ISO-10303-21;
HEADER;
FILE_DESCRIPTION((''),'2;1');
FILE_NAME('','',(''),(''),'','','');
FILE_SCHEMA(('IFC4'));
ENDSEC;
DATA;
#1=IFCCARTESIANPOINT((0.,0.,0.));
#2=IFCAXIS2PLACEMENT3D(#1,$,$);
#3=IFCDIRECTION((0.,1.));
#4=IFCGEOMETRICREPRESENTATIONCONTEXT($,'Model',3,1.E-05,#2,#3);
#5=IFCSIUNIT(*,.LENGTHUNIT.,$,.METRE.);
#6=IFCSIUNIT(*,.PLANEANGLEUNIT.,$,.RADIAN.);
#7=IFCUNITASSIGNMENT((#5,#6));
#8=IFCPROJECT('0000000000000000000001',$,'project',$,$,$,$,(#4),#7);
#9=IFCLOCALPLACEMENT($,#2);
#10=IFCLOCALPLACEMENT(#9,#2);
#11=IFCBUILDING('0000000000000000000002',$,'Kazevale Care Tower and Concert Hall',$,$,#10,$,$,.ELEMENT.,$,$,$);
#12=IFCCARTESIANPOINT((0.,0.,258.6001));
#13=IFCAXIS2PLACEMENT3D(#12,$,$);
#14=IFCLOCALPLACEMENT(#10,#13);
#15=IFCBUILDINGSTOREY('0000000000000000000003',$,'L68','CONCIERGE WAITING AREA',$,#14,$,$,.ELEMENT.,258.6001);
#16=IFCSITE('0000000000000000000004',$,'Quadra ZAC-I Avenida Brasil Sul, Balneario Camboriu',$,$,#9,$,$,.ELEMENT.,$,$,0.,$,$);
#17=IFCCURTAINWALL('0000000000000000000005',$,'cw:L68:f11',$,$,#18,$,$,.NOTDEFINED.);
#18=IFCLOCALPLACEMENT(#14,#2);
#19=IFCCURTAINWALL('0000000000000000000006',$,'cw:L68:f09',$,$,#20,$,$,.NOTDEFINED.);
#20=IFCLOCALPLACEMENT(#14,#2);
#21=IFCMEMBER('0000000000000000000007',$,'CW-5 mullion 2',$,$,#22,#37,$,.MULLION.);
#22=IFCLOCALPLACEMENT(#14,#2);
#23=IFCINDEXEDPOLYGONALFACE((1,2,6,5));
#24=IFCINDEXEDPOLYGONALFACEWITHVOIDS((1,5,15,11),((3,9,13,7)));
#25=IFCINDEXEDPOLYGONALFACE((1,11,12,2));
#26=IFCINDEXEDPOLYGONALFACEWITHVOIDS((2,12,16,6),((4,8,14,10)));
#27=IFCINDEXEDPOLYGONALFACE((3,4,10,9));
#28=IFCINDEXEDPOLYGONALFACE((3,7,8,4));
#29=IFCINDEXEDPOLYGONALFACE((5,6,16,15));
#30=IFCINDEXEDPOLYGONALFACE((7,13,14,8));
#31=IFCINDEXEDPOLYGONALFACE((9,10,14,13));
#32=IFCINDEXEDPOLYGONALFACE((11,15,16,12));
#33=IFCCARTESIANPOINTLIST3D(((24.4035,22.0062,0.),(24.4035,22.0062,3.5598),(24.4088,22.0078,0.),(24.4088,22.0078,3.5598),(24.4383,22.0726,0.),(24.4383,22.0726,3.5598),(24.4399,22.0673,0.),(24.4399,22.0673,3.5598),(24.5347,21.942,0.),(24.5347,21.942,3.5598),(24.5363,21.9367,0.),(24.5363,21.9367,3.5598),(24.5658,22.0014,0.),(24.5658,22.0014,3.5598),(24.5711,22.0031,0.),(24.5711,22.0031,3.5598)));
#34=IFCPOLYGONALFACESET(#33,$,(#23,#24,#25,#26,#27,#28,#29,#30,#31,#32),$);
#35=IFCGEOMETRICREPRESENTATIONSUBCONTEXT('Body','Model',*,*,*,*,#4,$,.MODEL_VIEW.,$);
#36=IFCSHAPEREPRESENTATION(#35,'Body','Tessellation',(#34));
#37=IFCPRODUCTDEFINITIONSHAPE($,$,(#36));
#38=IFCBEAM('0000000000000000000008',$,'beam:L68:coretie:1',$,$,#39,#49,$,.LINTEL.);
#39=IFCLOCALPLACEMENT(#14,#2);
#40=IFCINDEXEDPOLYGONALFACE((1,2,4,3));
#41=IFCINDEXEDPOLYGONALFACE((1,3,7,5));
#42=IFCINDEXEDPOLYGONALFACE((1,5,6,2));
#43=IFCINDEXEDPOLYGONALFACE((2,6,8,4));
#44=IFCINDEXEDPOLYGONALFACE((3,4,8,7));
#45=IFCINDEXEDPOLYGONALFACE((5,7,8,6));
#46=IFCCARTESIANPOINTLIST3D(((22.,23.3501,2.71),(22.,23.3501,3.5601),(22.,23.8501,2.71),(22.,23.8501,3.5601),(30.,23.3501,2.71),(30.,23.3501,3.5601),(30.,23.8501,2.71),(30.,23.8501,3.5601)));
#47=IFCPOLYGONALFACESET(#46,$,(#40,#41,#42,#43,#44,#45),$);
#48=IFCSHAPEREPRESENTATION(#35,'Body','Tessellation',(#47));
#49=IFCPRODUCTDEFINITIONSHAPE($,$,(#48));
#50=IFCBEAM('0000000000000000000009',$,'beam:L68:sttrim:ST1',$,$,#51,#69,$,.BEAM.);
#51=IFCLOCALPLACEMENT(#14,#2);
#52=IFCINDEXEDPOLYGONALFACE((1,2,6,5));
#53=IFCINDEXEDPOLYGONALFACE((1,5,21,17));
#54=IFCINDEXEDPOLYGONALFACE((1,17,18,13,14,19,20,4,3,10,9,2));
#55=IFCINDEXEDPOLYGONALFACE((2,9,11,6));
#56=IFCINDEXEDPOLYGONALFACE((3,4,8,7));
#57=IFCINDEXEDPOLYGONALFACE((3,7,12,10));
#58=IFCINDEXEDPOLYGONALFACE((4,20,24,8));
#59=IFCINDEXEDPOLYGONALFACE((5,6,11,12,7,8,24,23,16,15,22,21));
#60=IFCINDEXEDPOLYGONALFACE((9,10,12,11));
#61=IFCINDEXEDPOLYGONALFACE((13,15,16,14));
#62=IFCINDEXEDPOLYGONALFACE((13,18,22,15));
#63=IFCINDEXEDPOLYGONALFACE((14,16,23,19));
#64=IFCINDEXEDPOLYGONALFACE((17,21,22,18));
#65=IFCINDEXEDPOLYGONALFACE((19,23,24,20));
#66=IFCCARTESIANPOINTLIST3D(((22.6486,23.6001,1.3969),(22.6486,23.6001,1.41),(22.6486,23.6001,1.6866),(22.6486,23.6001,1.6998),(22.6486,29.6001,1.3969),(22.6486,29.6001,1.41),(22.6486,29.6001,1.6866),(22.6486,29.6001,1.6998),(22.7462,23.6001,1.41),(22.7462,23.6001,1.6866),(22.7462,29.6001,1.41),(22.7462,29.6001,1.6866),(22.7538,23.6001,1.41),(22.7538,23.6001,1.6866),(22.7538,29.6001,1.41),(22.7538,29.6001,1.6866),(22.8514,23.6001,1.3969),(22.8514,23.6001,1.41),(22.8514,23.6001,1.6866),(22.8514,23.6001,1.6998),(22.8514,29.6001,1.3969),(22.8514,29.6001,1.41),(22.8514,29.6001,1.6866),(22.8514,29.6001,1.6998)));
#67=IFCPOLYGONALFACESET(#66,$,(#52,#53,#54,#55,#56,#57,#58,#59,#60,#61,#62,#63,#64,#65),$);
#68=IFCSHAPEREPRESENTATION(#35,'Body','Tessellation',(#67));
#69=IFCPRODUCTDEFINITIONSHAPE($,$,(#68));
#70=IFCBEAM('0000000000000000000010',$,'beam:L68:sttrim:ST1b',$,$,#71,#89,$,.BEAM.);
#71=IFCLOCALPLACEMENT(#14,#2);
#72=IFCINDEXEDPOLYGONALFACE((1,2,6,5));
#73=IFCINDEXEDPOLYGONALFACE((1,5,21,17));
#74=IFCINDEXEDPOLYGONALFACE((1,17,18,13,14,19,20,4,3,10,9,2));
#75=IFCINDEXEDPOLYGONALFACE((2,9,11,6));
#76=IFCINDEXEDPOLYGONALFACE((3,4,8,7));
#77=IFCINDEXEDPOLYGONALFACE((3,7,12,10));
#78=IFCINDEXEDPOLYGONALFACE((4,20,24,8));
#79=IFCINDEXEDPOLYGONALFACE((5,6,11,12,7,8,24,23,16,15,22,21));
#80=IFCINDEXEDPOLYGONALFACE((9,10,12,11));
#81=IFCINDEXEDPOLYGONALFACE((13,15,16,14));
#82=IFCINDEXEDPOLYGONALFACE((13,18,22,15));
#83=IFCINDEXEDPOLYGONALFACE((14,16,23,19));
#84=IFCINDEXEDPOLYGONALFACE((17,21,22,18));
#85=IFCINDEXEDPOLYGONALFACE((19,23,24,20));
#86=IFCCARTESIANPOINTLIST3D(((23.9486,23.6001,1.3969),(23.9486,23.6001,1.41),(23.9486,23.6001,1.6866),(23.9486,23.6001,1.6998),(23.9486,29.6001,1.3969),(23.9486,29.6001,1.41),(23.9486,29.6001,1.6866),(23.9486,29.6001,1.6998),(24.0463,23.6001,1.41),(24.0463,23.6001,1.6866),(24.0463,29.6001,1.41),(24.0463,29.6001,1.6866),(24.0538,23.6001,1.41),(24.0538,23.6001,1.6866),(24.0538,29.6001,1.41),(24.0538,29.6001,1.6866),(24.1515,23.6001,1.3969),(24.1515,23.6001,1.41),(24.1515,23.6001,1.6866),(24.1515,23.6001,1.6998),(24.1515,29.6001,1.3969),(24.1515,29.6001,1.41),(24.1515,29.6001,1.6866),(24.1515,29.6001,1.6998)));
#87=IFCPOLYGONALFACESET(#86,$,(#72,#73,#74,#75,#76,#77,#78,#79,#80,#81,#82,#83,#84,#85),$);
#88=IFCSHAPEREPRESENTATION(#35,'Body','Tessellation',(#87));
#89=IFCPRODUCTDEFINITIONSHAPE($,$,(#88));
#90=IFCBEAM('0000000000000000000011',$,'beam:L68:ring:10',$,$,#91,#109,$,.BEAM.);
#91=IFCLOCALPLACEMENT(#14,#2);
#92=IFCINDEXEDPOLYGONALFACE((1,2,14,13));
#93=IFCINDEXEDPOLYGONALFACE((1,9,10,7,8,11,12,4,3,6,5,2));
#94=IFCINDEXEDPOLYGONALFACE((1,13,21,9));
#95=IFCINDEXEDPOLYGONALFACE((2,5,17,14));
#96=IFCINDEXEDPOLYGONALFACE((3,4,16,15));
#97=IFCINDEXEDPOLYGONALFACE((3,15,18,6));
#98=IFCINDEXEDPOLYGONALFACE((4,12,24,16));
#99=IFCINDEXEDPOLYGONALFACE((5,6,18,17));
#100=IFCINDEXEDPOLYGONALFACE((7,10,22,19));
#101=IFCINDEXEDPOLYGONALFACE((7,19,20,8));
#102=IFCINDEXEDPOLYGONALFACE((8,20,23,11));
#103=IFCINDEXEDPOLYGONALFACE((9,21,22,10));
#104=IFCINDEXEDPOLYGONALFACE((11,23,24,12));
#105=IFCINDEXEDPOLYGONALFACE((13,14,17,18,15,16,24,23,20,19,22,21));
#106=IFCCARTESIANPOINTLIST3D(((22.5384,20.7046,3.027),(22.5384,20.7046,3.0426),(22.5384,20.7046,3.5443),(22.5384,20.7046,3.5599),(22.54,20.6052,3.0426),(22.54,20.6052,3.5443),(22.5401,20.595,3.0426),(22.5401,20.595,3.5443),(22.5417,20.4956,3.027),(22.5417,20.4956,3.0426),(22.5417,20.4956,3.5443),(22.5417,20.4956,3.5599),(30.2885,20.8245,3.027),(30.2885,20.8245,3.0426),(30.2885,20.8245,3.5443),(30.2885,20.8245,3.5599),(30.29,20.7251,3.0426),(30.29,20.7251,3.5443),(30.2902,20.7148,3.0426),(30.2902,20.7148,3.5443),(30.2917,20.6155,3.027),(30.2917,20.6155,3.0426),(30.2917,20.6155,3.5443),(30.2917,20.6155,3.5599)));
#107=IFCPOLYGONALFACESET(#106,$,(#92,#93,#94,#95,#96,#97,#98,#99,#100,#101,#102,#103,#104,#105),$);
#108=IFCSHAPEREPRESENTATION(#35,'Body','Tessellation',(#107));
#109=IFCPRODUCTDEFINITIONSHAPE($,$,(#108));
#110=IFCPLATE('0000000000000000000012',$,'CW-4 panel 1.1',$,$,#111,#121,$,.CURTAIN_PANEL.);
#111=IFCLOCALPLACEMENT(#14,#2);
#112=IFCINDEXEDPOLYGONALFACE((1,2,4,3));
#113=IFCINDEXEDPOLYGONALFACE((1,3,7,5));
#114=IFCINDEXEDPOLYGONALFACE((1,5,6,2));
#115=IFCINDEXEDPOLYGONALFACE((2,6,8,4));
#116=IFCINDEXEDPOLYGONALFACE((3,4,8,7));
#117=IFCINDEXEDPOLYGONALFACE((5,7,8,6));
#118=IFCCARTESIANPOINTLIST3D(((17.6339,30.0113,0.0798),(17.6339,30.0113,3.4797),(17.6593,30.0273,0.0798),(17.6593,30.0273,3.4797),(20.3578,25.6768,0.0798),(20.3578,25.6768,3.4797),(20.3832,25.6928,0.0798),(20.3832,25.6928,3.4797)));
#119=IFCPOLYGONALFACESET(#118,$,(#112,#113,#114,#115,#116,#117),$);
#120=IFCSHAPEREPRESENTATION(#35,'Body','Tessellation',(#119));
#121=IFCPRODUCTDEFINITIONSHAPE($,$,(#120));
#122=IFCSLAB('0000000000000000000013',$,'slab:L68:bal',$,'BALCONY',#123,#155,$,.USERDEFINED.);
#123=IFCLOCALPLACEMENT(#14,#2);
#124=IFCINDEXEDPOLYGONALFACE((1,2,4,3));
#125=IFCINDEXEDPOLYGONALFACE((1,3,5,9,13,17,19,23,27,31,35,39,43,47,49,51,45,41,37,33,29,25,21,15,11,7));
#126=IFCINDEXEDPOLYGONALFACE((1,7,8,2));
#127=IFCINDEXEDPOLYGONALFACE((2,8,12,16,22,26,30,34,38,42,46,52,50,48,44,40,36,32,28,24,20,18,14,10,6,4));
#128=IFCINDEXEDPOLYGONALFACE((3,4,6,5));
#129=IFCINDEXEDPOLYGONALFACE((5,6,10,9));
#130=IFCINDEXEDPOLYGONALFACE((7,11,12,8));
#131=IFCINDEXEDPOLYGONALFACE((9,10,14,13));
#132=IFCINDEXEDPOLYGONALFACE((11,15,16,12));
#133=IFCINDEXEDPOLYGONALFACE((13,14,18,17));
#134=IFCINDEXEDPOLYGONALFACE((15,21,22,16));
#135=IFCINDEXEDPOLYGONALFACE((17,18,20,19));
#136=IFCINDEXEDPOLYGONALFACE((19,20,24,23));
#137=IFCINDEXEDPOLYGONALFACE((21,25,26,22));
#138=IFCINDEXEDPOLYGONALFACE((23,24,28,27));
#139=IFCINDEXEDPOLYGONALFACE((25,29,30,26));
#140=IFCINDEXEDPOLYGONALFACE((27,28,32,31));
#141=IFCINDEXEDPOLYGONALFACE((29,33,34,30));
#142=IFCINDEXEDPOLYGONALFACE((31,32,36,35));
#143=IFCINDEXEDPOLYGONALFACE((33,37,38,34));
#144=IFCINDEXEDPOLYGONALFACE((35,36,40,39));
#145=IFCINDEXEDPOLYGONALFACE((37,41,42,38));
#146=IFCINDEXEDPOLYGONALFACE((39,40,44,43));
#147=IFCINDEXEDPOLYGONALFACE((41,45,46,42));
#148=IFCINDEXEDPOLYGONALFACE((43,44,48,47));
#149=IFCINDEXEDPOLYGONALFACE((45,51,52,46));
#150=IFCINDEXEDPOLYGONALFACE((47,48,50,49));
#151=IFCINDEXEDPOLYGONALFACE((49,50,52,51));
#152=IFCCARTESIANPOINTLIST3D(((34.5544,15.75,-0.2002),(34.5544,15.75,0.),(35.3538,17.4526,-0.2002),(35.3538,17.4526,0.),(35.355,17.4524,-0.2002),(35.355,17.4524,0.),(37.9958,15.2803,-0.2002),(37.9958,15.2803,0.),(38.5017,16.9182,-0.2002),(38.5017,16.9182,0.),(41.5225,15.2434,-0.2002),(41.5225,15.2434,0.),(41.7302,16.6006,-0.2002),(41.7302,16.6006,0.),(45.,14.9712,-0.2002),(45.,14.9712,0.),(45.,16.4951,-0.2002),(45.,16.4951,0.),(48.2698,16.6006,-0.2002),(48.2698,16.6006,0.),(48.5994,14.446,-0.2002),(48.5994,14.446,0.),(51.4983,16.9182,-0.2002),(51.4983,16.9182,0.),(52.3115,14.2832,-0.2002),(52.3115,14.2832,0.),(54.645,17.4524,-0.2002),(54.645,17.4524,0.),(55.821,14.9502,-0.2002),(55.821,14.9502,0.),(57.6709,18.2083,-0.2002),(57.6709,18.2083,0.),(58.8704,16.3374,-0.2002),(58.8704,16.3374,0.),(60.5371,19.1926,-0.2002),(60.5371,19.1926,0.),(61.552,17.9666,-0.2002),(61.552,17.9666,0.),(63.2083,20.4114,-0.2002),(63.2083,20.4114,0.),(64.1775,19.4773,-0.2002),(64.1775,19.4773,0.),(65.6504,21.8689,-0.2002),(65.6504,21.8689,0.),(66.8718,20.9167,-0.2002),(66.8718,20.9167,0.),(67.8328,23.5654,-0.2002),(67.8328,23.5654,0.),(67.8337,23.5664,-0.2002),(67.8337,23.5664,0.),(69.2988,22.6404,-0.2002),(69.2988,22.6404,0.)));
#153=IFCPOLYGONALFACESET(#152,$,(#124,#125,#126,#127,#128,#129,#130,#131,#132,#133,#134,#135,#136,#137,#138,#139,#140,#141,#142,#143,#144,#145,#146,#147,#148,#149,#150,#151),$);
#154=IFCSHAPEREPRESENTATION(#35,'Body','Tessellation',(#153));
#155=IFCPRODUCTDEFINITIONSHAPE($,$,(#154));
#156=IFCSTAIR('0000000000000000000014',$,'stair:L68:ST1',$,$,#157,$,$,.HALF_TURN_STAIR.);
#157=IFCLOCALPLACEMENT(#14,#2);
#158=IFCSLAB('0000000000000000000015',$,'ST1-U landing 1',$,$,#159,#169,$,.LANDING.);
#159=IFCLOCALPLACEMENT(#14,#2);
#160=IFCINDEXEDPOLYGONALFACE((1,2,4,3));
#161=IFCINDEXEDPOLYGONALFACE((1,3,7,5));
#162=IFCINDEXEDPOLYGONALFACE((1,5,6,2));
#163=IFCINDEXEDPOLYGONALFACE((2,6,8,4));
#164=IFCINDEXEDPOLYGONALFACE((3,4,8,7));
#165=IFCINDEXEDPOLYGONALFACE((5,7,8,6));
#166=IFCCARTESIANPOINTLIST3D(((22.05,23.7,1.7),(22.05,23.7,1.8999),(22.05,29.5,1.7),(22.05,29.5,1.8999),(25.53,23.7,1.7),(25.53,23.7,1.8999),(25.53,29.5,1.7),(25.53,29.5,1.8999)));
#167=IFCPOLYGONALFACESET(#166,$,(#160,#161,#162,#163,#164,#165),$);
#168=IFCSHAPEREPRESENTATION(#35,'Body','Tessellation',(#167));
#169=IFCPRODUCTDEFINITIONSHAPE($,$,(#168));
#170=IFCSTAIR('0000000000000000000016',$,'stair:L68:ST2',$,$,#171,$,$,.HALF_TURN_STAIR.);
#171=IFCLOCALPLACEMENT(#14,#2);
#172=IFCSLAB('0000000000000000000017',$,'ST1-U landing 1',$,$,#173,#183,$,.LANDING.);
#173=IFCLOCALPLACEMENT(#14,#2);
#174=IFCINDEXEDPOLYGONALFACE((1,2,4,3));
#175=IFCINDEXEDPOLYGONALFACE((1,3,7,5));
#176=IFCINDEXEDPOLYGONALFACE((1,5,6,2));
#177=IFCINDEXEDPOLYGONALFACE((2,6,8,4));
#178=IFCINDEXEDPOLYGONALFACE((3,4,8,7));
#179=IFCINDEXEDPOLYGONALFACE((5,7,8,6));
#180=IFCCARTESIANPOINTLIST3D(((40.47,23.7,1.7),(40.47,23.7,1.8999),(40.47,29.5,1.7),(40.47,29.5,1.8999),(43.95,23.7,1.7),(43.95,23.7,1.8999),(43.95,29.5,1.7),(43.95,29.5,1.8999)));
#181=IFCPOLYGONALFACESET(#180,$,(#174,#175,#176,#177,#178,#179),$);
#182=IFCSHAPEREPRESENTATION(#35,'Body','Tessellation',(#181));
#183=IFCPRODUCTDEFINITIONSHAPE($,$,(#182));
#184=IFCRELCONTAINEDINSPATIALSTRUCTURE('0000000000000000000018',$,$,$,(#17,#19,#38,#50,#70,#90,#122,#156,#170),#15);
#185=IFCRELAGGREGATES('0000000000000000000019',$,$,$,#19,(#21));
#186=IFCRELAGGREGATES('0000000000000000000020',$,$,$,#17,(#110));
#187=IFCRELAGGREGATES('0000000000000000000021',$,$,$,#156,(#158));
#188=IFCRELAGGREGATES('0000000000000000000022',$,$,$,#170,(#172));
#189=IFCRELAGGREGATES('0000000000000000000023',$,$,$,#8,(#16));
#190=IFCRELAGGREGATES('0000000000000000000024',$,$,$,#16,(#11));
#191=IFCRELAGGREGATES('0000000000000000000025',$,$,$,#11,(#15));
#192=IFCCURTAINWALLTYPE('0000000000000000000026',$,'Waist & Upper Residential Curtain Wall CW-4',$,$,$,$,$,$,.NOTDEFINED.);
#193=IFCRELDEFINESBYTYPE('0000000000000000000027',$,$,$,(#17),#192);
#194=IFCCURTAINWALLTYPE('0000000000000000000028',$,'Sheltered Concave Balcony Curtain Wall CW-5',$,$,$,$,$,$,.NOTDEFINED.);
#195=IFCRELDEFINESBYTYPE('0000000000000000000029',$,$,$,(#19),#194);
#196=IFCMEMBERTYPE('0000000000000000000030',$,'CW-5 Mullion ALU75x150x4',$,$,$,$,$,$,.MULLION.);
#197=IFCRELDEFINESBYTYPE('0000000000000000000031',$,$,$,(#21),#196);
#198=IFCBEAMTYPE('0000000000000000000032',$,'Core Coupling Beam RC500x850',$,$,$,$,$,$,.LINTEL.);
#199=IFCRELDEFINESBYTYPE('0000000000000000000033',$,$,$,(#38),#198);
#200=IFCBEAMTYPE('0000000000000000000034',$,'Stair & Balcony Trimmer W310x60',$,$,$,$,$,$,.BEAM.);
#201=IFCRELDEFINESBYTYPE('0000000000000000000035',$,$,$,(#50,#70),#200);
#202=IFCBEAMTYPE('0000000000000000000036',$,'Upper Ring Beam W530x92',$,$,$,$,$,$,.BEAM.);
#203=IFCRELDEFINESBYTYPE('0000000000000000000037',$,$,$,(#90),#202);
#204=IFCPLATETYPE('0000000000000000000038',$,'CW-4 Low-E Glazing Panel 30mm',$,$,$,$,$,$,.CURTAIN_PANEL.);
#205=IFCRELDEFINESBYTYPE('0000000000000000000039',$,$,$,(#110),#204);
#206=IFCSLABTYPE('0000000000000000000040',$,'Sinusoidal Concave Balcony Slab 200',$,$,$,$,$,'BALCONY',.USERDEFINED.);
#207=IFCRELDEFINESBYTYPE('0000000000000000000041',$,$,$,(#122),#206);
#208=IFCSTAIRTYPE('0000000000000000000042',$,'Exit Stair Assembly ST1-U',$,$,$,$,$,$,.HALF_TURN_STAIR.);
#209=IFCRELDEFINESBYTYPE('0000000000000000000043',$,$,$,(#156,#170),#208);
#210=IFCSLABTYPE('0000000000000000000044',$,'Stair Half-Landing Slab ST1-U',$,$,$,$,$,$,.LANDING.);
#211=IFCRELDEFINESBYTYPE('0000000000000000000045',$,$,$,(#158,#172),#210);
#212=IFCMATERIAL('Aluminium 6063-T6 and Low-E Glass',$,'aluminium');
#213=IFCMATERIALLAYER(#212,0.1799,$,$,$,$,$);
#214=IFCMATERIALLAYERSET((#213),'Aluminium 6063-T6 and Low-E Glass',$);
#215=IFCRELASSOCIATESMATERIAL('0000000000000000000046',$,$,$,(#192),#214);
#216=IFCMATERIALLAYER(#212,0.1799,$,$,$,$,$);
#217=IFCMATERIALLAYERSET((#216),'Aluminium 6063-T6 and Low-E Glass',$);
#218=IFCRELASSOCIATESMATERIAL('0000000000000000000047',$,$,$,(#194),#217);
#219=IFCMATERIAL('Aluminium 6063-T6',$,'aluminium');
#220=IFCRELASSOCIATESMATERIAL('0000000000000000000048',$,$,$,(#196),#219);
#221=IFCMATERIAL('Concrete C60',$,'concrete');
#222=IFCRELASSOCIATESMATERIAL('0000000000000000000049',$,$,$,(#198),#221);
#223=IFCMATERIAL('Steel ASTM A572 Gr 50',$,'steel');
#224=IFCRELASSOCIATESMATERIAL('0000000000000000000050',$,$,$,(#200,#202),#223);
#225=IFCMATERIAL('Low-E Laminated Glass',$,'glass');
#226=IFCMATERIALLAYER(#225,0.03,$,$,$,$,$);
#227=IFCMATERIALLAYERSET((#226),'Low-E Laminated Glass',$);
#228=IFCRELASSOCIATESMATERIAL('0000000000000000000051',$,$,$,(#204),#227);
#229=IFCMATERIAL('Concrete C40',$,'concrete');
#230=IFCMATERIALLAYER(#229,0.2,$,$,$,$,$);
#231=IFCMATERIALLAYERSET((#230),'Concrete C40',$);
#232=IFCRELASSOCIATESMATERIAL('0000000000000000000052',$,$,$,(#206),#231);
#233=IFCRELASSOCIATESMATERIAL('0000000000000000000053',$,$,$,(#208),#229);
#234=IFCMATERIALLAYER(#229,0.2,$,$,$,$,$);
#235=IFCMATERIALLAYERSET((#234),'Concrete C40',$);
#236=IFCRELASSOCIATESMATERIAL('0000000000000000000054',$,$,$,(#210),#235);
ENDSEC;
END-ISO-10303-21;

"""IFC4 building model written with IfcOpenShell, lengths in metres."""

from ifc_helpers import new_model, si_unit, direction, frame, origin, origin_2d, place, context, subcontext, project, spatial, polyline, rectangle, hollow_rectangle, i_section, outline, extrude, material, layer, layer_set, material_profile, profile_set, type_object, element, aggregate, save


model = new_model("IFC4")

# Units and contexts
model_context = context("Model", 3, precision=1e-05, world=origin(), true_north=direction((0.0, 1.0)))
body_context = subcontext(model_context, "Body", "Model", "MODEL_VIEW")
ifc_project = project(units=[si_unit("LENGTHUNIT", "METRE"), si_unit("PLANEANGLEUNIT", "RADIAN")], contexts=[model_context])

# Site, building, storey
site_placement = place(None, origin())
site = spatial("IfcSite", under=ifc_project, at=site_placement, Name="Quadra ZAC-I Avenida Brasil Sul, Balneario Camboriu", CompositionType="ELEMENT", RefElevation=0.0)
building_placement = place(site_placement, origin())
building = spatial("IfcBuilding", under=site, at=building_placement, Name="Kazevale Care Tower and Concert Hall", CompositionType="ELEMENT")
storey_placement = place(building_placement, frame((0.0, 0.0, 258.6001)))
storey = spatial("IfcBuildingStorey", under=building, at=storey_placement, Name="L68", Description="CONCIERGE WAITING AREA", CompositionType="ELEMENT", Elevation=258.6001)

# Curtain wall
ifc_material_1 = material(Name="Aluminium 6063-T6 and Low-E Glass", Category="aluminium")
ifc_layer_1 = layer(ifc_material_1, 0.1799)
ifc_layer_set_1 = layer_set([ifc_layer_1], Name="Aluminium 6063-T6 and Low-E Glass")
curtain_wall_type_1 = type_object("IfcCurtainWallType", Name="Waist & Upper Residential Curtain Wall CW-4", PredefinedType="NOTDEFINED", material=ifc_layer_set_1)
curtain_wall_1_placement = place(storey_placement, origin())
curtain_wall_1 = element("IfcCurtainWall", 1, at=curtain_wall_1_placement, inside=storey, type_object=curtain_wall_type_1, Name="cw:L68:f11", PredefinedType="NOTDEFINED")
ifc_material_2 = material(Name="Aluminium 6063-T6", Category="aluminium")

# Curtain wall, member
ifc_layer_2 = layer(ifc_material_1, 0.1799)
ifc_layer_set_2 = layer_set([ifc_layer_2], Name="Aluminium 6063-T6 and Low-E Glass")
curtain_wall_type_2 = type_object("IfcCurtainWallType", Name="Sheltered Concave Balcony Curtain Wall CW-5", PredefinedType="NOTDEFINED", material=ifc_layer_set_2)
curtain_wall_2_placement = place(storey_placement, origin())
curtain_wall_2 = element("IfcCurtainWall", 2, at=curtain_wall_2_placement, inside=storey, type_object=curtain_wall_type_2, Name="cw:L68:f09", PredefinedType="NOTDEFINED")
ifc_material_profile_1 = material_profile(ifc_material_2, hollow_rectangle(XDim=0.075, YDim=0.1499, WallThickness=0.0039, at=origin_2d()), Name="ALU75x150x4")
ifc_profile_set_1 = profile_set([ifc_material_profile_1], Name="Aluminium 6063-T6")
member_type_1 = type_object("IfcMemberType", Name="CW-5 Mullion ALU75x150x4", PredefinedType="MULLION", material=ifc_profile_set_1)
member_1_placement = place(storey_placement, frame((24.4873, 22.0046, 0.0), z_axis=(0.0, 0.0, 1.0), x_axis=(-0.463681, -0.886002, 0.0)))
member_1 = element("IfcMember", 3, at=member_1_placement, type_object=member_type_1, Name="CW-5 mullion 2", PredefinedType="MULLION", context=body_context, shape_type="SweptSolid", body=[
    extrude(hollow_rectangle(XDim=0.075, YDim=0.1499, WallThickness=0.0039, at=origin_2d()), origin(), (0.0, 0.0, 1.0), 3.5598),
])
aggregate(curtain_wall_2, [member_1])

# Beams
ifc_material_3 = material(Name="Concrete C60", Category="concrete")
ifc_material_profile_2 = material_profile(ifc_material_3, rectangle(XDim=0.5, YDim=0.8501, at=origin_2d()), Name="RC-B500x850")
ifc_profile_set_2 = profile_set([ifc_material_profile_2], Name="Concrete C60")
beam_type_1 = type_object("IfcBeamType", Name="Core Coupling Beam RC500x850", PredefinedType="LINTEL", material=ifc_profile_set_2)
beam_1_placement = place(storey_placement, frame((22.0, 23.6001, 3.135), z_axis=(1.0, 0.0, 0.0), x_axis=(0.0, 1.0, 0.0)))
element("IfcBeam", 4, at=beam_1_placement, inside=storey, type_object=beam_type_1, Name="beam:L68:coretie:1", PredefinedType="LINTEL", context=body_context, shape_type="SweptSolid", body=[
    extrude(rectangle(XDim=0.5, YDim=0.8501, at=origin_2d()), origin(), (0.0, 0.0, 1.0), 8.0),
])
ifc_material_4 = material(Name="Steel ASTM A572 Gr 50", Category="steel")
ifc_material_profile_3 = material_profile(ifc_material_4, i_section(OverallWidth=0.2029, OverallDepth=0.303, WebThickness=0.0076, FlangeThickness=0.0132, at=origin_2d()), Name="W310x60")
ifc_profile_set_3 = profile_set([ifc_material_profile_3], Name="Steel ASTM A572 Gr 50")
beam_type_2 = type_object("IfcBeamType", Name="Stair & Balcony Trimmer W310x60", PredefinedType="BEAM", material=ifc_profile_set_3)
for number, where, z_axis, x_axis, name in (
    (5, (22.75, 23.6001, 1.5483), (0.0, 1.0, 0.0), (-1.0, 0.0, 0.0), "beam:L68:sttrim:ST1"),
    (6, (24.05, 23.6001, 1.5483), (0.0, 1.0, 0.0), (-1.0, 0.0, 0.0), "beam:L68:sttrim:ST1b"),
):
    element("IfcBeam", number, at=place(storey_placement, frame(where, z_axis=z_axis, x_axis=x_axis)), inside=storey, type_object=beam_type_2, Name=name, PredefinedType="BEAM", context=body_context, shape_type="SweptSolid", body=[
        extrude(i_section(OverallWidth=0.2029, OverallDepth=0.303, WebThickness=0.0076, FlangeThickness=0.0132, at=origin_2d()), origin(), (0.0, 0.0, 1.0), 6.0),
    ])
ifc_material_profile_4 = material_profile(ifc_material_4, i_section(OverallWidth=0.209, OverallDepth=0.533, WebThickness=0.0103, FlangeThickness=0.0156, at=origin_2d()), Name="W530x92")
ifc_profile_set_4 = profile_set([ifc_material_profile_4], Name="Steel ASTM A572 Gr 50")
beam_type_3 = type_object("IfcBeamType", Name="Upper Ring Beam W530x92", PredefinedType="BEAM", material=ifc_profile_set_4)
beam_2_placement = place(storey_placement, frame((22.54, 20.6001, 3.2935), z_axis=(0.99988, 0.015466, 0.0), x_axis=(-0.015466, 0.99988, 0.0)))
element("IfcBeam", 7, at=beam_2_placement, inside=storey, type_object=beam_type_3, Name="beam:L68:ring:10", PredefinedType="BEAM", context=body_context, shape_type="SweptSolid", body=[
    extrude(i_section(OverallWidth=0.209, OverallDepth=0.533, WebThickness=0.0103, FlangeThickness=0.0156, at=origin_2d()), origin(), (0.0, 0.0, 1.0), 7.751),
])

# Plate
ifc_material_5 = material(Name="Low-E Laminated Glass", Category="glass")
ifc_layer_3 = layer(ifc_material_5, 0.03)
ifc_layer_set_3 = layer_set([ifc_layer_3], Name="Low-E Laminated Glass")
plate_type = type_object("IfcPlateType", Name="CW-4 Low-E Glazing Panel 30mm", PredefinedType="CURTAIN_PANEL", material=ifc_layer_set_3)
plate_placement = place(storey_placement, frame((19.0085, 27.8521, 0.0798), z_axis=(0.0, 0.0, 1.0), x_axis=(-0.532075, 0.846698, 0.0)))
plate = element("IfcPlate", 8, at=plate_placement, type_object=plate_type, Name="CW-4 panel 1.1", PredefinedType="CURTAIN_PANEL", context=body_context, shape_type="SweptSolid", body=[
    extrude(rectangle(XDim=5.1194, YDim=0.03, at=origin_2d()), origin(), (0.0, 0.0, 1.0), 3.3999),
])
aggregate(curtain_wall_1, [plate])

# Slab
ifc_material_6 = material(Name="Concrete C40", Category="concrete")
ifc_layer_4 = layer(ifc_material_6, 0.2)
ifc_layer_set_4 = layer_set([ifc_layer_4], Name="Concrete C40")
slab_type_1 = type_object("IfcSlabType", Name="Sinusoidal Concave Balcony Slab 200", ElementType="BALCONY", PredefinedType="USERDEFINED", material=ifc_layer_set_4)
slab_1_placement = place(storey_placement, frame((0.0, 0.0, -0.2002)))
element("IfcSlab", 9, at=slab_1_placement, inside=storey, type_object=slab_type_1, Name="slab:L68:bal", ObjectType="BALCONY", PredefinedType="USERDEFINED", context=body_context, shape_type="SweptSolid", body=[
    extrude(outline(polyline([(69.2988, 22.6404), (66.8718, 20.9167), (64.1775, 19.4773), (61.552, 17.9666), (58.8704, 16.3374), (55.821, 14.9502), (52.3115, 14.2832), (48.5994, 14.446), (45.0, 14.9712), (41.5225, 15.2434), (37.9958, 15.2803), (34.5544, 15.75), (35.3538, 17.4526), (35.355, 17.4524), (38.5017, 16.9182), (41.7302, 16.6006), (45.0, 16.4951), (48.2698, 16.6006), (51.4983, 16.9182), (54.645, 17.4524), (57.6709, 18.2083), (60.5371, 19.1926), (63.2083, 20.4114), (65.6504, 21.8689), (67.8328, 23.5654), (67.8337, 23.5664), (69.2988, 22.6404)])), origin(), (0.0, 0.0, 1.0), 0.2002),
])

# Stairs, slabs
stair_type = type_object("IfcStairType", Name="Exit Stair Assembly ST1-U", PredefinedType="HALF_TURN_STAIR", material=ifc_material_6)
stair_1_placement = place(storey_placement, origin())
stair_1 = element("IfcStair", 10, at=stair_1_placement, inside=storey, type_object=stair_type, Name="stair:L68:ST1", PredefinedType="HALF_TURN_STAIR")
ifc_layer_5 = layer(ifc_material_6, 0.2)
ifc_layer_set_5 = layer_set([ifc_layer_5], Name="Concrete C40")
slab_type_2 = type_object("IfcSlabType", Name="Stair Half-Landing Slab ST1-U", PredefinedType="LANDING", material=ifc_layer_set_5)
slab_2_placement = place(storey_placement, frame((0.0, 0.0, 1.7)))
slab_2 = element("IfcSlab", 11, at=slab_2_placement, type_object=slab_type_2, Name="ST1-U landing 1", PredefinedType="LANDING", context=body_context, shape_type="SweptSolid", body=[
    extrude(outline(polyline([(22.05, 23.7), (25.53, 23.7), (25.53, 29.5), (22.05, 29.5), (22.05, 23.7)])), origin(), (0.0, 0.0, 1.0), 0.2),
])
aggregate(stair_1, [slab_2])
stair_2_placement = place(storey_placement, origin())
stair_2 = element("IfcStair", 12, at=stair_2_placement, inside=storey, type_object=stair_type, Name="stair:L68:ST2", PredefinedType="HALF_TURN_STAIR")
slab_3_placement = place(storey_placement, frame((0.0, 0.0, 1.7)))
slab_3 = element("IfcSlab", 13, at=slab_3_placement, type_object=slab_type_2, Name="ST1-U landing 1", PredefinedType="LANDING", context=body_context, shape_type="SweptSolid", body=[
    extrude(outline(polyline([(40.47, 23.7), (43.95, 23.7), (43.95, 29.5), (40.47, 29.5), (40.47, 23.7)])), origin(), (0.0, 0.0, 1.0), 0.2),
])
aggregate(stair_2, [slab_3])

save(model, "model.ifc")
